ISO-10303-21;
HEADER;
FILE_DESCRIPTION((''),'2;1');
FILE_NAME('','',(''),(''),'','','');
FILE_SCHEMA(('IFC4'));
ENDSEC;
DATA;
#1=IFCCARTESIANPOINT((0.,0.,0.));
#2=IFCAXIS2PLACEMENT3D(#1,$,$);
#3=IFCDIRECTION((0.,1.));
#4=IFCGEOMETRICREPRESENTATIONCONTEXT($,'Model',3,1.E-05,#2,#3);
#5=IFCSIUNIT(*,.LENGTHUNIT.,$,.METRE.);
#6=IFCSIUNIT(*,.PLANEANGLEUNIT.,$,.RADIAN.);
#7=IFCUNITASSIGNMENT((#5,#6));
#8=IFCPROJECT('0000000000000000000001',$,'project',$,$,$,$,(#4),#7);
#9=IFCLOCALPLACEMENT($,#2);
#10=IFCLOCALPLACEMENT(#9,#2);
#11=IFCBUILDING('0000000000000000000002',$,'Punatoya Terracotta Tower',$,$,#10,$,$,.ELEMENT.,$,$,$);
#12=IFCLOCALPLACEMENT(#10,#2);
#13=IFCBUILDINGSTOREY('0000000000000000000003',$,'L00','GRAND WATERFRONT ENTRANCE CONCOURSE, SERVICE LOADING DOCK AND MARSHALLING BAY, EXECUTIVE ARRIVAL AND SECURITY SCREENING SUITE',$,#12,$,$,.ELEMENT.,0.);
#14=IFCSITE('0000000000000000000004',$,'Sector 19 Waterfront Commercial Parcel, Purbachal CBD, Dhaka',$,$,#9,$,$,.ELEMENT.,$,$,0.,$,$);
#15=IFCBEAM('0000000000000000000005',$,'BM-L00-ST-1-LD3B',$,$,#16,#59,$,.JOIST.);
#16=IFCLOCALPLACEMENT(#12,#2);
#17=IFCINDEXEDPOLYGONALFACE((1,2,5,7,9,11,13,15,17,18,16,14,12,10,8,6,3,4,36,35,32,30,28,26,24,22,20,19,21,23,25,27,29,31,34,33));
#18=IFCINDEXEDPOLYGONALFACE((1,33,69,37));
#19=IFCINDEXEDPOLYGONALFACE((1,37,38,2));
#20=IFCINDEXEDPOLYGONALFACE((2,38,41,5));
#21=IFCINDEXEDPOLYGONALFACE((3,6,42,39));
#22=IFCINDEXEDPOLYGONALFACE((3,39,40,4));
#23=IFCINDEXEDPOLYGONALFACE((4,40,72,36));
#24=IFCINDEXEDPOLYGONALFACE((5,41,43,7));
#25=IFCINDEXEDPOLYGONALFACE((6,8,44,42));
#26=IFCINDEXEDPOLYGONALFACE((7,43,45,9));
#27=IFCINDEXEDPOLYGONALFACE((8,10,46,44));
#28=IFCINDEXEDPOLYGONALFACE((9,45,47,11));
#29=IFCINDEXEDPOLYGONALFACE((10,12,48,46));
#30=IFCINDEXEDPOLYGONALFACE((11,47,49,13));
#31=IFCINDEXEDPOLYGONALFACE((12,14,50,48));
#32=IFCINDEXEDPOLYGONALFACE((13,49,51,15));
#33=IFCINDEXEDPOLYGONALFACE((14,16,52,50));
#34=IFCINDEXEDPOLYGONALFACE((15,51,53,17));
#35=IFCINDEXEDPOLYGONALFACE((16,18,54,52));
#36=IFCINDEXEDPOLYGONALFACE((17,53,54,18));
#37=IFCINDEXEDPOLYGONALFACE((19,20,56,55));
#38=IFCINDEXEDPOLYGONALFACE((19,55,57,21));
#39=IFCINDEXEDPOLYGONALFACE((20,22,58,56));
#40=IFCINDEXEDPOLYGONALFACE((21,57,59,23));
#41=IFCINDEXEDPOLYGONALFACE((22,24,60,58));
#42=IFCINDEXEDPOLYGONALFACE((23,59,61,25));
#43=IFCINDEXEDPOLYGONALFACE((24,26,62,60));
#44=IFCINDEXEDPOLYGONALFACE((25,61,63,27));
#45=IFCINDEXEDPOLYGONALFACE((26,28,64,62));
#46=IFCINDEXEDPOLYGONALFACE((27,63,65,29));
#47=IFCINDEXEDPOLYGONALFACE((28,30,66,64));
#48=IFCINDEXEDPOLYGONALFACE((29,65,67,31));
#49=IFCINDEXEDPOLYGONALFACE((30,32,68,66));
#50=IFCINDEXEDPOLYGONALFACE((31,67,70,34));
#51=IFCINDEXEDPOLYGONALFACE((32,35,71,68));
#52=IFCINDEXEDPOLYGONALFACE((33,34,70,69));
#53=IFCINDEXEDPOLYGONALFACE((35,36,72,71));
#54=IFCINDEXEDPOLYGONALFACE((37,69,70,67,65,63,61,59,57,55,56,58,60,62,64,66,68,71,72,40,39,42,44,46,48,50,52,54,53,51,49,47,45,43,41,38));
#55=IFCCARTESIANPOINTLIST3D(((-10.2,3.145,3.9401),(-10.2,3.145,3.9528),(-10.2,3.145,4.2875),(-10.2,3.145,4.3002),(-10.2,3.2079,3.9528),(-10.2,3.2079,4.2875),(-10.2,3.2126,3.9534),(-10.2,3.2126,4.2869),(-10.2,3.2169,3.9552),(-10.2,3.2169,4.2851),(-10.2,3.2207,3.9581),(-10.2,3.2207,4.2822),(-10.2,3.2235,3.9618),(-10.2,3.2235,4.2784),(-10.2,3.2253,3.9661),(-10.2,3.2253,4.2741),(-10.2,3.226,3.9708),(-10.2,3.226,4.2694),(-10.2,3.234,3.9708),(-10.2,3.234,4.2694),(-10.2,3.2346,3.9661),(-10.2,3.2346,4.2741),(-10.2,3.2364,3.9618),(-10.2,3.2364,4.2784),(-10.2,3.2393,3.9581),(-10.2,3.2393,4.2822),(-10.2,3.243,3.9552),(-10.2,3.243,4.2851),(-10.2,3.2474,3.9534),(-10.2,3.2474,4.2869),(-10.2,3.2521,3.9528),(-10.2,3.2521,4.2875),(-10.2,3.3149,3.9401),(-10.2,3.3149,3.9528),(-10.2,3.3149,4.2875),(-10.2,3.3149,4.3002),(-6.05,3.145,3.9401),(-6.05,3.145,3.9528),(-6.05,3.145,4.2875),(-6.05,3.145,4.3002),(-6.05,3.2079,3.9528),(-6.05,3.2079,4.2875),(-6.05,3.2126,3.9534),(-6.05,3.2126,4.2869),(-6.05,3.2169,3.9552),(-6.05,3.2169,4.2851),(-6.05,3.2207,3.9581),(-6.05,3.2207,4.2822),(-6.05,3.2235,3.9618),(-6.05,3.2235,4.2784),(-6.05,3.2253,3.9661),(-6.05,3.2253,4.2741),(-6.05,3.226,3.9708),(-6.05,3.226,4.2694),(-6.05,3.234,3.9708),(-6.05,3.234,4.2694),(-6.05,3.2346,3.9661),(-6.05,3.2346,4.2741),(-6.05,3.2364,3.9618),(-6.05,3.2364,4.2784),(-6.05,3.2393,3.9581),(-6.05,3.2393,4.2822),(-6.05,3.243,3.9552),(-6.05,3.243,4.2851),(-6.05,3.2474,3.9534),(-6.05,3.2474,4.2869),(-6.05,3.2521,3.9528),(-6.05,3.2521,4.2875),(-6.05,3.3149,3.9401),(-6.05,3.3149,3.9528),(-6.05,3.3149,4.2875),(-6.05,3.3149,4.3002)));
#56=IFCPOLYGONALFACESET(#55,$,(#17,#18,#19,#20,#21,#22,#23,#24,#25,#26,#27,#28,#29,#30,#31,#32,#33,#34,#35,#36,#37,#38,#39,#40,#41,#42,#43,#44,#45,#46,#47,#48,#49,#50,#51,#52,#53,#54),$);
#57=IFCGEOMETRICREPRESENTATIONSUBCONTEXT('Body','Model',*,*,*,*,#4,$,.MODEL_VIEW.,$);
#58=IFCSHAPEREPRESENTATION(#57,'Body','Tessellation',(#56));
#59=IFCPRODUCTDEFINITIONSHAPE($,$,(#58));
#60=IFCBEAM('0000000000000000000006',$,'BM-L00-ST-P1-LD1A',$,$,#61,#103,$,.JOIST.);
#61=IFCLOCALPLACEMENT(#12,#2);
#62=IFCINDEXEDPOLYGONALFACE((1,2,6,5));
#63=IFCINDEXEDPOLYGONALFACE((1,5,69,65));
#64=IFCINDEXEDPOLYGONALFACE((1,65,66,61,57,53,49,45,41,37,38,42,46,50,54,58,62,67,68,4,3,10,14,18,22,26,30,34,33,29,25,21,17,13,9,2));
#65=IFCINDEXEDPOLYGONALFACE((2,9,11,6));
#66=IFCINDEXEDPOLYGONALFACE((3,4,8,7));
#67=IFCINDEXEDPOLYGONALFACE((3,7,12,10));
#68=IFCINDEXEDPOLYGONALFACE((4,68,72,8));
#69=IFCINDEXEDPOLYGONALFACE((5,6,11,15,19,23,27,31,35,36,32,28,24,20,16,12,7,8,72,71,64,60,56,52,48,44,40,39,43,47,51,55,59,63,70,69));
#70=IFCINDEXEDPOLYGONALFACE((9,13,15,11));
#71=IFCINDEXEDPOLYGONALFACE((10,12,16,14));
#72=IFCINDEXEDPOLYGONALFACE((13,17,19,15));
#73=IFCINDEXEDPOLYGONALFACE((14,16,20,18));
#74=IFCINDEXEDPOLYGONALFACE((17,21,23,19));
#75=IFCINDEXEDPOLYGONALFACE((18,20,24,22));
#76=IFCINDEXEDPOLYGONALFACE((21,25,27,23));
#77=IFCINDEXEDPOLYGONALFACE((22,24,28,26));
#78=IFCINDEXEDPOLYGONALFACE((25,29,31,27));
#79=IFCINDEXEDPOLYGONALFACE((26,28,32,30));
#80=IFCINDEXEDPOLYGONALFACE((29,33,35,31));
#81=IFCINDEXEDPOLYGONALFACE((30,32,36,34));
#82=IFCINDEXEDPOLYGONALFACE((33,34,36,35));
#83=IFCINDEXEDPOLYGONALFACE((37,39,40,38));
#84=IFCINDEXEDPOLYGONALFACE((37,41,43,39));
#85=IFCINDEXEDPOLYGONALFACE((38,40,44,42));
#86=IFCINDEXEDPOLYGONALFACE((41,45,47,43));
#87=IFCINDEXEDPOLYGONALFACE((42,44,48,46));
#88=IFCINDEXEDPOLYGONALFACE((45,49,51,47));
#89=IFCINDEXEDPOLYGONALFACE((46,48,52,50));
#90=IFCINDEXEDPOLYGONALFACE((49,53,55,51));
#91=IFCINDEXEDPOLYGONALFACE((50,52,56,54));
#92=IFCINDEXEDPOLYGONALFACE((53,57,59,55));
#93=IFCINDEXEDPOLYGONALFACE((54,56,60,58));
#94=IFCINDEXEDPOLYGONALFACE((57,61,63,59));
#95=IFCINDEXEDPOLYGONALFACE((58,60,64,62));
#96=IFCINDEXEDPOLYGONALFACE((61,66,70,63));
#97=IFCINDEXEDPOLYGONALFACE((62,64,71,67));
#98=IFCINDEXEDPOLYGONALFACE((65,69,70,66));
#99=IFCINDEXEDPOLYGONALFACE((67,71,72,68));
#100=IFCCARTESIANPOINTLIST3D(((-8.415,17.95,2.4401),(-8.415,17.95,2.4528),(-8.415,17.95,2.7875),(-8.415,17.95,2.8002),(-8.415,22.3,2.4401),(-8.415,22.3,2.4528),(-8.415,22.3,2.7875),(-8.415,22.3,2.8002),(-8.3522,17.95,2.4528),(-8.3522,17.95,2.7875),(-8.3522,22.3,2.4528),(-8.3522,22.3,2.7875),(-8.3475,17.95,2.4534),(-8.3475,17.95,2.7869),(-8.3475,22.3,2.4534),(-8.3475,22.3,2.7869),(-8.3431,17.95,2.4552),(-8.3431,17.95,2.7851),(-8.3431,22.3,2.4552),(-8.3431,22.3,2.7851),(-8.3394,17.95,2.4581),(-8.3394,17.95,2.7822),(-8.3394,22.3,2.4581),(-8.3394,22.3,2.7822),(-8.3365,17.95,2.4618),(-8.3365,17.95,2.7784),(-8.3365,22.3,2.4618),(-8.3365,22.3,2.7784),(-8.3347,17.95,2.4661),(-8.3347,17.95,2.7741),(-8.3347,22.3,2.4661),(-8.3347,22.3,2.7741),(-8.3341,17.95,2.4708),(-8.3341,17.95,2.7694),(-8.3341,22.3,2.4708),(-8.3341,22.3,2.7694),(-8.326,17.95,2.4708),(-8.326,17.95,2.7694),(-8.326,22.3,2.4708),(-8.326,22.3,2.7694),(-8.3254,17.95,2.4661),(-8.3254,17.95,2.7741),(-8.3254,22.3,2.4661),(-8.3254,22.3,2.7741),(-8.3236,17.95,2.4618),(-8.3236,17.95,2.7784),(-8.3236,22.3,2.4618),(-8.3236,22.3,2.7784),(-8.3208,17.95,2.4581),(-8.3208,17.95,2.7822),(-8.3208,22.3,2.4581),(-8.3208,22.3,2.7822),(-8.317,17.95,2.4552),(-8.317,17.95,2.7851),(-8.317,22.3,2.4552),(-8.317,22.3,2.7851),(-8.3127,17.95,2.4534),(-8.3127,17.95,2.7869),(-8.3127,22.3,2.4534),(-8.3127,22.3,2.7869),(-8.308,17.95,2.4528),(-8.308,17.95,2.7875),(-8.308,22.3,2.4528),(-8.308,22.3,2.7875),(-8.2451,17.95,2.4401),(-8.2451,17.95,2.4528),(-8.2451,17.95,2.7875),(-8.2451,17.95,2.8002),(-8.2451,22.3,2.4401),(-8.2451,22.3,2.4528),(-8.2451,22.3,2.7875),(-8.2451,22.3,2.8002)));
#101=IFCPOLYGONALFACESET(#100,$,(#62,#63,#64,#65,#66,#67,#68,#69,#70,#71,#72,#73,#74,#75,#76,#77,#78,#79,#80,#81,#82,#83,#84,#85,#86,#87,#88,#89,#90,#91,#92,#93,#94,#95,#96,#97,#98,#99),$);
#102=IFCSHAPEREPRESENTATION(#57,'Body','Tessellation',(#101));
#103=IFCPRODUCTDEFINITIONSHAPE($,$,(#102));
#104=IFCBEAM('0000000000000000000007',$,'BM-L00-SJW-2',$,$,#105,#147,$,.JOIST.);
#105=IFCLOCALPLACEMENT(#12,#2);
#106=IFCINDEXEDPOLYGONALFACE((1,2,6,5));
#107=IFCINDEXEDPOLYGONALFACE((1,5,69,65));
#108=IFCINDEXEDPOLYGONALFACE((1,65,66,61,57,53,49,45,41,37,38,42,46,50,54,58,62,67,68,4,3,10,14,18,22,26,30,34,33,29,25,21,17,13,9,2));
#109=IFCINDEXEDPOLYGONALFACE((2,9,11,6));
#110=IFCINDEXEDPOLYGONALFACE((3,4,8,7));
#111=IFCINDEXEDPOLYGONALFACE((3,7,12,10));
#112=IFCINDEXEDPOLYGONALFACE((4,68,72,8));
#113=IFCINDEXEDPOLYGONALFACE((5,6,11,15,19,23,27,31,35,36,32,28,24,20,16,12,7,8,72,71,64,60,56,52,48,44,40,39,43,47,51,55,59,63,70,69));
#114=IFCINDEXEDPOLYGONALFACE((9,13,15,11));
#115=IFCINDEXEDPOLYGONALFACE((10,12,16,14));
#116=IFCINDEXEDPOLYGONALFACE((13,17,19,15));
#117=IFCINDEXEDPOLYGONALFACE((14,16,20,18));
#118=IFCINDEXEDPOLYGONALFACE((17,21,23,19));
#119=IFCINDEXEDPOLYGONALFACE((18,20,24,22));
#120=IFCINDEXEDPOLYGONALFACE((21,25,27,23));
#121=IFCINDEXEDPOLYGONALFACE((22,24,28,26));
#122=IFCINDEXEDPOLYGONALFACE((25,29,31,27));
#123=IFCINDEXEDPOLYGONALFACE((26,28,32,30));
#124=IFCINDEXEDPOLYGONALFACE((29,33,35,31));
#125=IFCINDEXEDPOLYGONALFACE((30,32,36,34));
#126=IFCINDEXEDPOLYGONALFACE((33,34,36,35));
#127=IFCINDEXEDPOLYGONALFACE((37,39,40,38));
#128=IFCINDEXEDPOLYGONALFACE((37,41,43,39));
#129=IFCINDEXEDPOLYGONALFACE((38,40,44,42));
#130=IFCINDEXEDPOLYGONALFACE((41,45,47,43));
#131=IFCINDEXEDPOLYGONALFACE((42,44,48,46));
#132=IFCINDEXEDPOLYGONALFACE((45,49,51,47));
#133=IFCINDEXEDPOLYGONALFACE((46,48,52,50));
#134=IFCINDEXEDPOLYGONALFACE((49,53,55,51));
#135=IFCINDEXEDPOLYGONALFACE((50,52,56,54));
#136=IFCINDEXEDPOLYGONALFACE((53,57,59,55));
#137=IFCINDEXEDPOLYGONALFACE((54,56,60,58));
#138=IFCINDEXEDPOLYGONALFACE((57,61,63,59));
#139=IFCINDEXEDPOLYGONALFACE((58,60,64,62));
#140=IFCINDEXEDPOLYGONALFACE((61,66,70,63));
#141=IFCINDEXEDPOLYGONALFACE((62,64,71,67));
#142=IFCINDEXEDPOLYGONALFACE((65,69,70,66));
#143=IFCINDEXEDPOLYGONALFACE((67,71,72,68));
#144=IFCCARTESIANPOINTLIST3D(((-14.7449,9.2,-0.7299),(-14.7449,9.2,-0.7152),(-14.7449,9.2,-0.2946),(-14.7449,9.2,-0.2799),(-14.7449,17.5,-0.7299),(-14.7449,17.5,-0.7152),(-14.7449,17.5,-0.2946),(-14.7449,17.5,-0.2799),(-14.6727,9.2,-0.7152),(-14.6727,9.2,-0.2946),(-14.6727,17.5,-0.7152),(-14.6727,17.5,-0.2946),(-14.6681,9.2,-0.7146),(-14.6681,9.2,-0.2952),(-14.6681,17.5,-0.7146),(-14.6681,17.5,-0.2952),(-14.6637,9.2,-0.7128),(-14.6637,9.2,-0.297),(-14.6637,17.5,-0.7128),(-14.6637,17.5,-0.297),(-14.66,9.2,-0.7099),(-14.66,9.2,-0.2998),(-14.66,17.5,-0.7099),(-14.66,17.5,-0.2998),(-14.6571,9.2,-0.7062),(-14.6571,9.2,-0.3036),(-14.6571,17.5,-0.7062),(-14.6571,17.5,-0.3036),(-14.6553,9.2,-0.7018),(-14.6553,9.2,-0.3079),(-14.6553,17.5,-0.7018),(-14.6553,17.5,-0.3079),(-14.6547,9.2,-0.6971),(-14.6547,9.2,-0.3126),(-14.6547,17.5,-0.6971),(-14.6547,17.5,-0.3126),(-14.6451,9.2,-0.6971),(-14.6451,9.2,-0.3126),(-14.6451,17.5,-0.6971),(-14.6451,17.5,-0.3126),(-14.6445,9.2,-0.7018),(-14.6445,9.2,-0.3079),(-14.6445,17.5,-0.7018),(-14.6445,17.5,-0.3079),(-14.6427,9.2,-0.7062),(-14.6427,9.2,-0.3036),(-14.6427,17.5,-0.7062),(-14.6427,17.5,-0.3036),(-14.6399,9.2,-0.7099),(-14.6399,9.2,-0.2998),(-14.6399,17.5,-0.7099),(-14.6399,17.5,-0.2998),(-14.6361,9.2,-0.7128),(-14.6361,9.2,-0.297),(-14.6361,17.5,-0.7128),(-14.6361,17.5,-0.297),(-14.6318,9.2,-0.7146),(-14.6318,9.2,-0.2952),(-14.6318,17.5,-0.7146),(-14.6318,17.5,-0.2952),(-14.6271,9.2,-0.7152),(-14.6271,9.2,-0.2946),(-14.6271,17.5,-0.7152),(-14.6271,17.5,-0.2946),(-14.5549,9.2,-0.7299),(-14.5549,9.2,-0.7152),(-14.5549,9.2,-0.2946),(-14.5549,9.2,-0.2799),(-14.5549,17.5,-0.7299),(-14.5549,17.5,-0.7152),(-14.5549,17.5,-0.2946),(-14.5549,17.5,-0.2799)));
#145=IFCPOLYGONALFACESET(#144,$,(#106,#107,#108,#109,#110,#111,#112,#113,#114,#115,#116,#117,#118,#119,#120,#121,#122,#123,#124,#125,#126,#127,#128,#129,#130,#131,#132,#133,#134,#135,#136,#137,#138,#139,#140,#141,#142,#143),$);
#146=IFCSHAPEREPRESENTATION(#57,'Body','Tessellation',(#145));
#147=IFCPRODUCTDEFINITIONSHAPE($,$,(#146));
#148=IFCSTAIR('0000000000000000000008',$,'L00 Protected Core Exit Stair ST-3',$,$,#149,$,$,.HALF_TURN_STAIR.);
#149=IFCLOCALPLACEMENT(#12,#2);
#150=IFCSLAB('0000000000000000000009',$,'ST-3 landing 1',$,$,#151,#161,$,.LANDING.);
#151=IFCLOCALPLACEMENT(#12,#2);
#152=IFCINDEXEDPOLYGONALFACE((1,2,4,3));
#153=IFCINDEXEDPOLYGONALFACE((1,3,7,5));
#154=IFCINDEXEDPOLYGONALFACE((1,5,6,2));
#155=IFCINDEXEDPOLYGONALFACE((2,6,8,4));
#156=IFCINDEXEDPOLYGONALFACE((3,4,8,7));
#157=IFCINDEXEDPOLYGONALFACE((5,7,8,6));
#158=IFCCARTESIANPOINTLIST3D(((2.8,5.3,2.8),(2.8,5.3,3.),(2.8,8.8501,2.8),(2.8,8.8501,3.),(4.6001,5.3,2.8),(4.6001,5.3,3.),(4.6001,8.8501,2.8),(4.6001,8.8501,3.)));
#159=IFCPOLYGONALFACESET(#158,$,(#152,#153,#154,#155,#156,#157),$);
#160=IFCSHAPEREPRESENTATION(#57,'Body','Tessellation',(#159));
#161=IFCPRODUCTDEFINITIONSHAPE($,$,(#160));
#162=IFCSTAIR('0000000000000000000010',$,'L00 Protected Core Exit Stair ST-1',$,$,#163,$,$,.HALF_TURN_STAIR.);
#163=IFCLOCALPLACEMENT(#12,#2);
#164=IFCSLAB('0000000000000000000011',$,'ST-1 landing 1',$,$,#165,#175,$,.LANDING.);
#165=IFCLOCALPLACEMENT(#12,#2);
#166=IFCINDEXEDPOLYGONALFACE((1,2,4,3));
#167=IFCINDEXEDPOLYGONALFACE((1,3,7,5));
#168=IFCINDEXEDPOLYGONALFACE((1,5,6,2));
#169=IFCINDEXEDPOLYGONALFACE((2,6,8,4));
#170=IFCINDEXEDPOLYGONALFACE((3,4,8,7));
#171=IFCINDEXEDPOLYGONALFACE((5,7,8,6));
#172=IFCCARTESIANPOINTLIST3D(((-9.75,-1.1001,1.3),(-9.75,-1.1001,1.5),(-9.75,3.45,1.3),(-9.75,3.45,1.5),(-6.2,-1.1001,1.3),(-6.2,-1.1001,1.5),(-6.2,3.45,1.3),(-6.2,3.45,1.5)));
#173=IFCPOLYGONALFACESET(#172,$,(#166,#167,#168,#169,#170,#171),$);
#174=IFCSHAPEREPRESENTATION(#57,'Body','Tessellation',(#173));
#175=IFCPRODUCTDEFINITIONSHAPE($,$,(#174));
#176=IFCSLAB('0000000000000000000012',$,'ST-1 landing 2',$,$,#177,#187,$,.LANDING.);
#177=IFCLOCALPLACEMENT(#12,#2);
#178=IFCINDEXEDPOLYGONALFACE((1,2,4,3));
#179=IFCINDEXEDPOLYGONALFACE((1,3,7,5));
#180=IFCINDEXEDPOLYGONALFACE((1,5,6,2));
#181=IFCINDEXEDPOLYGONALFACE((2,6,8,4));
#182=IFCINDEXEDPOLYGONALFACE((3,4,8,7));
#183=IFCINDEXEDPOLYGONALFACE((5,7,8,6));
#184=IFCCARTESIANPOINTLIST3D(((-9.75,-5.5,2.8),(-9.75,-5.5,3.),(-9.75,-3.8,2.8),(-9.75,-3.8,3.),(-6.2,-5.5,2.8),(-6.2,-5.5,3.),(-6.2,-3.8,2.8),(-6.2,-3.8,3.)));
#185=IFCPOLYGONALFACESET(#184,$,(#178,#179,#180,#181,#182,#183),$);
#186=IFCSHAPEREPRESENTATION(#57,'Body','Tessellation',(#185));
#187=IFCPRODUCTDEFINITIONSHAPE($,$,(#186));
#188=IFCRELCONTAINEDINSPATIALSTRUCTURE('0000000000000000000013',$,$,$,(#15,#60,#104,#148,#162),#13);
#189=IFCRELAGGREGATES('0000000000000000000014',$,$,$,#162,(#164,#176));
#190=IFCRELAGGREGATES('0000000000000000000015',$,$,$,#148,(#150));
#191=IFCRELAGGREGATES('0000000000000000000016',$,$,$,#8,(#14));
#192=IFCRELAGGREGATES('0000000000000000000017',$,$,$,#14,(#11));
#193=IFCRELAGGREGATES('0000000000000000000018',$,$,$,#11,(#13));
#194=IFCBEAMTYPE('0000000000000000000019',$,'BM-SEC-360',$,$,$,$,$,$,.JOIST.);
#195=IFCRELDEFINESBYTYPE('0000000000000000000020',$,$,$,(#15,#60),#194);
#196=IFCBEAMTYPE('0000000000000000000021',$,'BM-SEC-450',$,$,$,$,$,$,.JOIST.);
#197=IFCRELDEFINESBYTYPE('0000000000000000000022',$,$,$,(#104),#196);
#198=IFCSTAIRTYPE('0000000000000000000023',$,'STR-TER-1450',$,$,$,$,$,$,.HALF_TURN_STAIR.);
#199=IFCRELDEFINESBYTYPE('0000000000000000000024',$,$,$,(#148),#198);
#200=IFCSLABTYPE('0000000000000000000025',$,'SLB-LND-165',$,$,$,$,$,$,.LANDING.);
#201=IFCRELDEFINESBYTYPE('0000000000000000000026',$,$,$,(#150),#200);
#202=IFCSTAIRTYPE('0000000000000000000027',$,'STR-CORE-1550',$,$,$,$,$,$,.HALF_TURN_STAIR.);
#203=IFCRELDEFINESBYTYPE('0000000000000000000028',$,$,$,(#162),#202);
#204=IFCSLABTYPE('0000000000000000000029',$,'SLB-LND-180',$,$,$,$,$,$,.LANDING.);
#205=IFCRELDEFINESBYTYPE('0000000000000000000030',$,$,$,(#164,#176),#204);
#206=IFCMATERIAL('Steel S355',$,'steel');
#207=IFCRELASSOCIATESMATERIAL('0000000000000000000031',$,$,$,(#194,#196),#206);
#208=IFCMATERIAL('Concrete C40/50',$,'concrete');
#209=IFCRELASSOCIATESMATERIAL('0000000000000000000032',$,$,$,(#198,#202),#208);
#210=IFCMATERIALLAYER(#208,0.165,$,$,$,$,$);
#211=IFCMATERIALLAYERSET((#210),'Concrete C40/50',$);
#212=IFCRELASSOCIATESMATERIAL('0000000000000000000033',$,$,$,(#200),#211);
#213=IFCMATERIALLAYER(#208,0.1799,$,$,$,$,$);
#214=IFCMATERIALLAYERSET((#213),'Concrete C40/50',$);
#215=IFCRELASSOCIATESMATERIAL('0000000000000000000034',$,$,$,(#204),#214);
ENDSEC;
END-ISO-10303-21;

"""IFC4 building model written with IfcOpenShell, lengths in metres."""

from ifc_helpers import new_model, si_unit, direction, frame, origin, origin_2d, place, context, subcontext, project, spatial, polyline, i_section, outline, extrude, material, layer, layer_set, material_profile, profile_set, type_object, element, aggregate, save


model = new_model("IFC4")

# Units and contexts
model_context = context("Model", 3, precision=1e-05, world=origin(), true_north=direction((0.0, 1.0)))
body_context = subcontext(model_context, "Body", "Model", "MODEL_VIEW")
ifc_project = project(units=[si_unit("LENGTHUNIT", "METRE"), si_unit("PLANEANGLEUNIT", "RADIAN")], contexts=[model_context])

# Site, building, storey
site_placement = place(None, origin())
site = spatial("IfcSite", under=ifc_project, at=site_placement, Name="Sector 19 Waterfront Commercial Parcel, Purbachal CBD, Dhaka", CompositionType="ELEMENT", RefElevation=0.0)
building_placement = place(site_placement, origin())
building = spatial("IfcBuilding", under=site, at=building_placement, Name="Punatoya Terracotta Tower", CompositionType="ELEMENT")
storey_placement = place(building_placement, origin())
storey = spatial("IfcBuildingStorey", under=building, at=storey_placement, Name="L00", Description="GRAND WATERFRONT ENTRANCE CONCOURSE, SERVICE LOADING DOCK AND MARSHALLING BAY, EXECUTIVE ARRIVAL AND SECURITY SCREENING SUITE", CompositionType="ELEMENT", Elevation=0.0)

# Beams
ifc_material_1 = material(Name="Steel S355", Category="steel")
ifc_material_profile_1 = material_profile(ifc_material_1, i_section(OverallWidth=0.1699, OverallDepth=0.3601, WebThickness=0.0081, FlangeThickness=0.0127, FilletRadius=0.0181, at=origin_2d()))
ifc_profile_set_1 = profile_set([ifc_material_profile_1], Name="Steel S355")
beam_type_1 = type_object("IfcBeamType", Name="BM-SEC-360", PredefinedType="JOIST", material=ifc_profile_set_1)
for number, where, z_axis, x_axis, name in (
    (1, (-10.2, 3.23, 4.1201), (1.0, 0.0, 0.0), (0.0, 1.0, 0.0), "BM-L00-ST-1-LD3B"),
):
    element("IfcBeam", number, at=place(storey_placement, frame(where, z_axis=z_axis, x_axis=x_axis)), inside=storey, type_object=beam_type_1, Name=name, PredefinedType="JOIST", context=body_context, shape_type="SweptSolid", body=[
        extrude(i_section(OverallWidth=0.1699, OverallDepth=0.3601, WebThickness=0.0081, FlangeThickness=0.0127, FilletRadius=0.0181, at=origin_2d()), origin(), (0.0, 0.0, 1.0), 4.1499),
    ])
beam_1_placement = place(storey_placement, frame((-8.3301, 17.95, 2.6201), z_axis=(0.0, 1.0, 0.0), x_axis=(-1.0, 0.0, 0.0)))
element("IfcBeam", 2, at=beam_1_placement, inside=storey, type_object=beam_type_1, Name="BM-L00-ST-P1-LD1A", PredefinedType="JOIST", context=body_context, shape_type="SweptSolid", body=[
    extrude(i_section(OverallWidth=0.1699, OverallDepth=0.3601, WebThickness=0.0081, FlangeThickness=0.0127, FilletRadius=0.0181, at=origin_2d()), origin(), (0.0, 0.0, 1.0), 4.3501),
])
ifc_material_profile_2 = material_profile(ifc_material_1, i_section(OverallWidth=0.1899, OverallDepth=0.45, WebThickness=0.0095, FlangeThickness=0.0146, FilletRadius=0.0181, at=origin_2d()))
ifc_profile_set_2 = profile_set([ifc_material_profile_2], Name="Steel S355")
beam_type_2 = type_object("IfcBeamType", Name="BM-SEC-450", PredefinedType="JOIST", material=ifc_profile_set_2)
beam_2_placement = place(storey_placement, frame((-14.6499, 9.2, -0.5049), z_axis=(0.0, 1.0, 0.0), x_axis=(-1.0, 0.0, 0.0)))
element("IfcBeam", 3, at=beam_2_placement, inside=storey, type_object=beam_type_2, Name="BM-L00-SJW-2", PredefinedType="JOIST", context=body_context, shape_type="SweptSolid", body=[
    extrude(i_section(OverallWidth=0.1899, OverallDepth=0.45, WebThickness=0.0095, FlangeThickness=0.0146, FilletRadius=0.0181, at=origin_2d()), origin(), (0.0, 0.0, 1.0), 8.3),
])

# Stair, slab
ifc_material_2 = material(Name="Concrete C40/50", Category="concrete")
stair_type_1 = type_object("IfcStairType", Name="STR-TER-1450", PredefinedType="HALF_TURN_STAIR", material=ifc_material_2)
stair_1_placement = place(storey_placement, origin())
stair_1 = element("IfcStair", 4, at=stair_1_placement, inside=storey, type_object=stair_type_1, Name="L00 Protected Core Exit Stair ST-3", PredefinedType="HALF_TURN_STAIR")
ifc_layer_1 = layer(ifc_material_2, 0.165)
ifc_layer_set_1 = layer_set([ifc_layer_1], Name="Concrete C40/50")
slab_type_1 = type_object("IfcSlabType", Name="SLB-LND-165", PredefinedType="LANDING", material=ifc_layer_set_1)
slab_1_placement = place(storey_placement, frame((0.0, 0.0, 2.8)))
slab_1 = element("IfcSlab", 5, at=slab_1_placement, type_object=slab_type_1, Name="ST-3 landing 1", PredefinedType="LANDING", context=body_context, shape_type="SweptSolid", body=[
    extrude(outline(polyline([(2.8, 5.3), (4.6001, 5.3), (4.6001, 8.8501), (2.8, 8.8501), (2.8, 5.3)])), origin(), (0.0, 0.0, 1.0), 0.2),
])

# Stair, slabs
stair_type_2 = type_object("IfcStairType", Name="STR-CORE-1550", PredefinedType="HALF_TURN_STAIR", material=ifc_material_2)
stair_2_placement = place(storey_placement, origin())
stair_2 = element("IfcStair", 6, at=stair_2_placement, inside=storey, type_object=stair_type_2, Name="L00 Protected Core Exit Stair ST-1", PredefinedType="HALF_TURN_STAIR")
ifc_layer_2 = layer(ifc_material_2, 0.1799)
ifc_layer_set_2 = layer_set([ifc_layer_2], Name="Concrete C40/50")
slab_type_2 = type_object("IfcSlabType", Name="SLB-LND-180", PredefinedType="LANDING", material=ifc_layer_set_2)
slab_2_placement = place(storey_placement, frame((0.0, 0.0, 1.3)))
slab_2 = element("IfcSlab", 7, at=slab_2_placement, type_object=slab_type_2, Name="ST-1 landing 1", PredefinedType="LANDING", context=body_context, shape_type="SweptSolid", body=[
    extrude(outline(polyline([(-6.2, -1.1001), (-6.2, 3.45), (-9.75, 3.45), (-9.75, -1.1001), (-6.2, -1.1001)])), origin(), (0.0, 0.0, 1.0), 0.2),
])
slab_3_placement = place(storey_placement, frame((0.0, 0.0, 2.8)))
slab_3 = element("IfcSlab", 8, at=slab_3_placement, type_object=slab_type_2, Name="ST-1 landing 2", PredefinedType="LANDING", context=body_context, shape_type="SweptSolid", body=[
    extrude(outline(polyline([(-6.2, -5.5), (-6.2, -3.8), (-9.75, -3.8), (-9.75, -5.5), (-6.2, -5.5)])), origin(), (0.0, 0.0, 1.0), 0.2),
])
aggregate(stair_2, [slab_2, slab_3])

aggregate(stair_1, [slab_1])

save(model, "model.ifc")
